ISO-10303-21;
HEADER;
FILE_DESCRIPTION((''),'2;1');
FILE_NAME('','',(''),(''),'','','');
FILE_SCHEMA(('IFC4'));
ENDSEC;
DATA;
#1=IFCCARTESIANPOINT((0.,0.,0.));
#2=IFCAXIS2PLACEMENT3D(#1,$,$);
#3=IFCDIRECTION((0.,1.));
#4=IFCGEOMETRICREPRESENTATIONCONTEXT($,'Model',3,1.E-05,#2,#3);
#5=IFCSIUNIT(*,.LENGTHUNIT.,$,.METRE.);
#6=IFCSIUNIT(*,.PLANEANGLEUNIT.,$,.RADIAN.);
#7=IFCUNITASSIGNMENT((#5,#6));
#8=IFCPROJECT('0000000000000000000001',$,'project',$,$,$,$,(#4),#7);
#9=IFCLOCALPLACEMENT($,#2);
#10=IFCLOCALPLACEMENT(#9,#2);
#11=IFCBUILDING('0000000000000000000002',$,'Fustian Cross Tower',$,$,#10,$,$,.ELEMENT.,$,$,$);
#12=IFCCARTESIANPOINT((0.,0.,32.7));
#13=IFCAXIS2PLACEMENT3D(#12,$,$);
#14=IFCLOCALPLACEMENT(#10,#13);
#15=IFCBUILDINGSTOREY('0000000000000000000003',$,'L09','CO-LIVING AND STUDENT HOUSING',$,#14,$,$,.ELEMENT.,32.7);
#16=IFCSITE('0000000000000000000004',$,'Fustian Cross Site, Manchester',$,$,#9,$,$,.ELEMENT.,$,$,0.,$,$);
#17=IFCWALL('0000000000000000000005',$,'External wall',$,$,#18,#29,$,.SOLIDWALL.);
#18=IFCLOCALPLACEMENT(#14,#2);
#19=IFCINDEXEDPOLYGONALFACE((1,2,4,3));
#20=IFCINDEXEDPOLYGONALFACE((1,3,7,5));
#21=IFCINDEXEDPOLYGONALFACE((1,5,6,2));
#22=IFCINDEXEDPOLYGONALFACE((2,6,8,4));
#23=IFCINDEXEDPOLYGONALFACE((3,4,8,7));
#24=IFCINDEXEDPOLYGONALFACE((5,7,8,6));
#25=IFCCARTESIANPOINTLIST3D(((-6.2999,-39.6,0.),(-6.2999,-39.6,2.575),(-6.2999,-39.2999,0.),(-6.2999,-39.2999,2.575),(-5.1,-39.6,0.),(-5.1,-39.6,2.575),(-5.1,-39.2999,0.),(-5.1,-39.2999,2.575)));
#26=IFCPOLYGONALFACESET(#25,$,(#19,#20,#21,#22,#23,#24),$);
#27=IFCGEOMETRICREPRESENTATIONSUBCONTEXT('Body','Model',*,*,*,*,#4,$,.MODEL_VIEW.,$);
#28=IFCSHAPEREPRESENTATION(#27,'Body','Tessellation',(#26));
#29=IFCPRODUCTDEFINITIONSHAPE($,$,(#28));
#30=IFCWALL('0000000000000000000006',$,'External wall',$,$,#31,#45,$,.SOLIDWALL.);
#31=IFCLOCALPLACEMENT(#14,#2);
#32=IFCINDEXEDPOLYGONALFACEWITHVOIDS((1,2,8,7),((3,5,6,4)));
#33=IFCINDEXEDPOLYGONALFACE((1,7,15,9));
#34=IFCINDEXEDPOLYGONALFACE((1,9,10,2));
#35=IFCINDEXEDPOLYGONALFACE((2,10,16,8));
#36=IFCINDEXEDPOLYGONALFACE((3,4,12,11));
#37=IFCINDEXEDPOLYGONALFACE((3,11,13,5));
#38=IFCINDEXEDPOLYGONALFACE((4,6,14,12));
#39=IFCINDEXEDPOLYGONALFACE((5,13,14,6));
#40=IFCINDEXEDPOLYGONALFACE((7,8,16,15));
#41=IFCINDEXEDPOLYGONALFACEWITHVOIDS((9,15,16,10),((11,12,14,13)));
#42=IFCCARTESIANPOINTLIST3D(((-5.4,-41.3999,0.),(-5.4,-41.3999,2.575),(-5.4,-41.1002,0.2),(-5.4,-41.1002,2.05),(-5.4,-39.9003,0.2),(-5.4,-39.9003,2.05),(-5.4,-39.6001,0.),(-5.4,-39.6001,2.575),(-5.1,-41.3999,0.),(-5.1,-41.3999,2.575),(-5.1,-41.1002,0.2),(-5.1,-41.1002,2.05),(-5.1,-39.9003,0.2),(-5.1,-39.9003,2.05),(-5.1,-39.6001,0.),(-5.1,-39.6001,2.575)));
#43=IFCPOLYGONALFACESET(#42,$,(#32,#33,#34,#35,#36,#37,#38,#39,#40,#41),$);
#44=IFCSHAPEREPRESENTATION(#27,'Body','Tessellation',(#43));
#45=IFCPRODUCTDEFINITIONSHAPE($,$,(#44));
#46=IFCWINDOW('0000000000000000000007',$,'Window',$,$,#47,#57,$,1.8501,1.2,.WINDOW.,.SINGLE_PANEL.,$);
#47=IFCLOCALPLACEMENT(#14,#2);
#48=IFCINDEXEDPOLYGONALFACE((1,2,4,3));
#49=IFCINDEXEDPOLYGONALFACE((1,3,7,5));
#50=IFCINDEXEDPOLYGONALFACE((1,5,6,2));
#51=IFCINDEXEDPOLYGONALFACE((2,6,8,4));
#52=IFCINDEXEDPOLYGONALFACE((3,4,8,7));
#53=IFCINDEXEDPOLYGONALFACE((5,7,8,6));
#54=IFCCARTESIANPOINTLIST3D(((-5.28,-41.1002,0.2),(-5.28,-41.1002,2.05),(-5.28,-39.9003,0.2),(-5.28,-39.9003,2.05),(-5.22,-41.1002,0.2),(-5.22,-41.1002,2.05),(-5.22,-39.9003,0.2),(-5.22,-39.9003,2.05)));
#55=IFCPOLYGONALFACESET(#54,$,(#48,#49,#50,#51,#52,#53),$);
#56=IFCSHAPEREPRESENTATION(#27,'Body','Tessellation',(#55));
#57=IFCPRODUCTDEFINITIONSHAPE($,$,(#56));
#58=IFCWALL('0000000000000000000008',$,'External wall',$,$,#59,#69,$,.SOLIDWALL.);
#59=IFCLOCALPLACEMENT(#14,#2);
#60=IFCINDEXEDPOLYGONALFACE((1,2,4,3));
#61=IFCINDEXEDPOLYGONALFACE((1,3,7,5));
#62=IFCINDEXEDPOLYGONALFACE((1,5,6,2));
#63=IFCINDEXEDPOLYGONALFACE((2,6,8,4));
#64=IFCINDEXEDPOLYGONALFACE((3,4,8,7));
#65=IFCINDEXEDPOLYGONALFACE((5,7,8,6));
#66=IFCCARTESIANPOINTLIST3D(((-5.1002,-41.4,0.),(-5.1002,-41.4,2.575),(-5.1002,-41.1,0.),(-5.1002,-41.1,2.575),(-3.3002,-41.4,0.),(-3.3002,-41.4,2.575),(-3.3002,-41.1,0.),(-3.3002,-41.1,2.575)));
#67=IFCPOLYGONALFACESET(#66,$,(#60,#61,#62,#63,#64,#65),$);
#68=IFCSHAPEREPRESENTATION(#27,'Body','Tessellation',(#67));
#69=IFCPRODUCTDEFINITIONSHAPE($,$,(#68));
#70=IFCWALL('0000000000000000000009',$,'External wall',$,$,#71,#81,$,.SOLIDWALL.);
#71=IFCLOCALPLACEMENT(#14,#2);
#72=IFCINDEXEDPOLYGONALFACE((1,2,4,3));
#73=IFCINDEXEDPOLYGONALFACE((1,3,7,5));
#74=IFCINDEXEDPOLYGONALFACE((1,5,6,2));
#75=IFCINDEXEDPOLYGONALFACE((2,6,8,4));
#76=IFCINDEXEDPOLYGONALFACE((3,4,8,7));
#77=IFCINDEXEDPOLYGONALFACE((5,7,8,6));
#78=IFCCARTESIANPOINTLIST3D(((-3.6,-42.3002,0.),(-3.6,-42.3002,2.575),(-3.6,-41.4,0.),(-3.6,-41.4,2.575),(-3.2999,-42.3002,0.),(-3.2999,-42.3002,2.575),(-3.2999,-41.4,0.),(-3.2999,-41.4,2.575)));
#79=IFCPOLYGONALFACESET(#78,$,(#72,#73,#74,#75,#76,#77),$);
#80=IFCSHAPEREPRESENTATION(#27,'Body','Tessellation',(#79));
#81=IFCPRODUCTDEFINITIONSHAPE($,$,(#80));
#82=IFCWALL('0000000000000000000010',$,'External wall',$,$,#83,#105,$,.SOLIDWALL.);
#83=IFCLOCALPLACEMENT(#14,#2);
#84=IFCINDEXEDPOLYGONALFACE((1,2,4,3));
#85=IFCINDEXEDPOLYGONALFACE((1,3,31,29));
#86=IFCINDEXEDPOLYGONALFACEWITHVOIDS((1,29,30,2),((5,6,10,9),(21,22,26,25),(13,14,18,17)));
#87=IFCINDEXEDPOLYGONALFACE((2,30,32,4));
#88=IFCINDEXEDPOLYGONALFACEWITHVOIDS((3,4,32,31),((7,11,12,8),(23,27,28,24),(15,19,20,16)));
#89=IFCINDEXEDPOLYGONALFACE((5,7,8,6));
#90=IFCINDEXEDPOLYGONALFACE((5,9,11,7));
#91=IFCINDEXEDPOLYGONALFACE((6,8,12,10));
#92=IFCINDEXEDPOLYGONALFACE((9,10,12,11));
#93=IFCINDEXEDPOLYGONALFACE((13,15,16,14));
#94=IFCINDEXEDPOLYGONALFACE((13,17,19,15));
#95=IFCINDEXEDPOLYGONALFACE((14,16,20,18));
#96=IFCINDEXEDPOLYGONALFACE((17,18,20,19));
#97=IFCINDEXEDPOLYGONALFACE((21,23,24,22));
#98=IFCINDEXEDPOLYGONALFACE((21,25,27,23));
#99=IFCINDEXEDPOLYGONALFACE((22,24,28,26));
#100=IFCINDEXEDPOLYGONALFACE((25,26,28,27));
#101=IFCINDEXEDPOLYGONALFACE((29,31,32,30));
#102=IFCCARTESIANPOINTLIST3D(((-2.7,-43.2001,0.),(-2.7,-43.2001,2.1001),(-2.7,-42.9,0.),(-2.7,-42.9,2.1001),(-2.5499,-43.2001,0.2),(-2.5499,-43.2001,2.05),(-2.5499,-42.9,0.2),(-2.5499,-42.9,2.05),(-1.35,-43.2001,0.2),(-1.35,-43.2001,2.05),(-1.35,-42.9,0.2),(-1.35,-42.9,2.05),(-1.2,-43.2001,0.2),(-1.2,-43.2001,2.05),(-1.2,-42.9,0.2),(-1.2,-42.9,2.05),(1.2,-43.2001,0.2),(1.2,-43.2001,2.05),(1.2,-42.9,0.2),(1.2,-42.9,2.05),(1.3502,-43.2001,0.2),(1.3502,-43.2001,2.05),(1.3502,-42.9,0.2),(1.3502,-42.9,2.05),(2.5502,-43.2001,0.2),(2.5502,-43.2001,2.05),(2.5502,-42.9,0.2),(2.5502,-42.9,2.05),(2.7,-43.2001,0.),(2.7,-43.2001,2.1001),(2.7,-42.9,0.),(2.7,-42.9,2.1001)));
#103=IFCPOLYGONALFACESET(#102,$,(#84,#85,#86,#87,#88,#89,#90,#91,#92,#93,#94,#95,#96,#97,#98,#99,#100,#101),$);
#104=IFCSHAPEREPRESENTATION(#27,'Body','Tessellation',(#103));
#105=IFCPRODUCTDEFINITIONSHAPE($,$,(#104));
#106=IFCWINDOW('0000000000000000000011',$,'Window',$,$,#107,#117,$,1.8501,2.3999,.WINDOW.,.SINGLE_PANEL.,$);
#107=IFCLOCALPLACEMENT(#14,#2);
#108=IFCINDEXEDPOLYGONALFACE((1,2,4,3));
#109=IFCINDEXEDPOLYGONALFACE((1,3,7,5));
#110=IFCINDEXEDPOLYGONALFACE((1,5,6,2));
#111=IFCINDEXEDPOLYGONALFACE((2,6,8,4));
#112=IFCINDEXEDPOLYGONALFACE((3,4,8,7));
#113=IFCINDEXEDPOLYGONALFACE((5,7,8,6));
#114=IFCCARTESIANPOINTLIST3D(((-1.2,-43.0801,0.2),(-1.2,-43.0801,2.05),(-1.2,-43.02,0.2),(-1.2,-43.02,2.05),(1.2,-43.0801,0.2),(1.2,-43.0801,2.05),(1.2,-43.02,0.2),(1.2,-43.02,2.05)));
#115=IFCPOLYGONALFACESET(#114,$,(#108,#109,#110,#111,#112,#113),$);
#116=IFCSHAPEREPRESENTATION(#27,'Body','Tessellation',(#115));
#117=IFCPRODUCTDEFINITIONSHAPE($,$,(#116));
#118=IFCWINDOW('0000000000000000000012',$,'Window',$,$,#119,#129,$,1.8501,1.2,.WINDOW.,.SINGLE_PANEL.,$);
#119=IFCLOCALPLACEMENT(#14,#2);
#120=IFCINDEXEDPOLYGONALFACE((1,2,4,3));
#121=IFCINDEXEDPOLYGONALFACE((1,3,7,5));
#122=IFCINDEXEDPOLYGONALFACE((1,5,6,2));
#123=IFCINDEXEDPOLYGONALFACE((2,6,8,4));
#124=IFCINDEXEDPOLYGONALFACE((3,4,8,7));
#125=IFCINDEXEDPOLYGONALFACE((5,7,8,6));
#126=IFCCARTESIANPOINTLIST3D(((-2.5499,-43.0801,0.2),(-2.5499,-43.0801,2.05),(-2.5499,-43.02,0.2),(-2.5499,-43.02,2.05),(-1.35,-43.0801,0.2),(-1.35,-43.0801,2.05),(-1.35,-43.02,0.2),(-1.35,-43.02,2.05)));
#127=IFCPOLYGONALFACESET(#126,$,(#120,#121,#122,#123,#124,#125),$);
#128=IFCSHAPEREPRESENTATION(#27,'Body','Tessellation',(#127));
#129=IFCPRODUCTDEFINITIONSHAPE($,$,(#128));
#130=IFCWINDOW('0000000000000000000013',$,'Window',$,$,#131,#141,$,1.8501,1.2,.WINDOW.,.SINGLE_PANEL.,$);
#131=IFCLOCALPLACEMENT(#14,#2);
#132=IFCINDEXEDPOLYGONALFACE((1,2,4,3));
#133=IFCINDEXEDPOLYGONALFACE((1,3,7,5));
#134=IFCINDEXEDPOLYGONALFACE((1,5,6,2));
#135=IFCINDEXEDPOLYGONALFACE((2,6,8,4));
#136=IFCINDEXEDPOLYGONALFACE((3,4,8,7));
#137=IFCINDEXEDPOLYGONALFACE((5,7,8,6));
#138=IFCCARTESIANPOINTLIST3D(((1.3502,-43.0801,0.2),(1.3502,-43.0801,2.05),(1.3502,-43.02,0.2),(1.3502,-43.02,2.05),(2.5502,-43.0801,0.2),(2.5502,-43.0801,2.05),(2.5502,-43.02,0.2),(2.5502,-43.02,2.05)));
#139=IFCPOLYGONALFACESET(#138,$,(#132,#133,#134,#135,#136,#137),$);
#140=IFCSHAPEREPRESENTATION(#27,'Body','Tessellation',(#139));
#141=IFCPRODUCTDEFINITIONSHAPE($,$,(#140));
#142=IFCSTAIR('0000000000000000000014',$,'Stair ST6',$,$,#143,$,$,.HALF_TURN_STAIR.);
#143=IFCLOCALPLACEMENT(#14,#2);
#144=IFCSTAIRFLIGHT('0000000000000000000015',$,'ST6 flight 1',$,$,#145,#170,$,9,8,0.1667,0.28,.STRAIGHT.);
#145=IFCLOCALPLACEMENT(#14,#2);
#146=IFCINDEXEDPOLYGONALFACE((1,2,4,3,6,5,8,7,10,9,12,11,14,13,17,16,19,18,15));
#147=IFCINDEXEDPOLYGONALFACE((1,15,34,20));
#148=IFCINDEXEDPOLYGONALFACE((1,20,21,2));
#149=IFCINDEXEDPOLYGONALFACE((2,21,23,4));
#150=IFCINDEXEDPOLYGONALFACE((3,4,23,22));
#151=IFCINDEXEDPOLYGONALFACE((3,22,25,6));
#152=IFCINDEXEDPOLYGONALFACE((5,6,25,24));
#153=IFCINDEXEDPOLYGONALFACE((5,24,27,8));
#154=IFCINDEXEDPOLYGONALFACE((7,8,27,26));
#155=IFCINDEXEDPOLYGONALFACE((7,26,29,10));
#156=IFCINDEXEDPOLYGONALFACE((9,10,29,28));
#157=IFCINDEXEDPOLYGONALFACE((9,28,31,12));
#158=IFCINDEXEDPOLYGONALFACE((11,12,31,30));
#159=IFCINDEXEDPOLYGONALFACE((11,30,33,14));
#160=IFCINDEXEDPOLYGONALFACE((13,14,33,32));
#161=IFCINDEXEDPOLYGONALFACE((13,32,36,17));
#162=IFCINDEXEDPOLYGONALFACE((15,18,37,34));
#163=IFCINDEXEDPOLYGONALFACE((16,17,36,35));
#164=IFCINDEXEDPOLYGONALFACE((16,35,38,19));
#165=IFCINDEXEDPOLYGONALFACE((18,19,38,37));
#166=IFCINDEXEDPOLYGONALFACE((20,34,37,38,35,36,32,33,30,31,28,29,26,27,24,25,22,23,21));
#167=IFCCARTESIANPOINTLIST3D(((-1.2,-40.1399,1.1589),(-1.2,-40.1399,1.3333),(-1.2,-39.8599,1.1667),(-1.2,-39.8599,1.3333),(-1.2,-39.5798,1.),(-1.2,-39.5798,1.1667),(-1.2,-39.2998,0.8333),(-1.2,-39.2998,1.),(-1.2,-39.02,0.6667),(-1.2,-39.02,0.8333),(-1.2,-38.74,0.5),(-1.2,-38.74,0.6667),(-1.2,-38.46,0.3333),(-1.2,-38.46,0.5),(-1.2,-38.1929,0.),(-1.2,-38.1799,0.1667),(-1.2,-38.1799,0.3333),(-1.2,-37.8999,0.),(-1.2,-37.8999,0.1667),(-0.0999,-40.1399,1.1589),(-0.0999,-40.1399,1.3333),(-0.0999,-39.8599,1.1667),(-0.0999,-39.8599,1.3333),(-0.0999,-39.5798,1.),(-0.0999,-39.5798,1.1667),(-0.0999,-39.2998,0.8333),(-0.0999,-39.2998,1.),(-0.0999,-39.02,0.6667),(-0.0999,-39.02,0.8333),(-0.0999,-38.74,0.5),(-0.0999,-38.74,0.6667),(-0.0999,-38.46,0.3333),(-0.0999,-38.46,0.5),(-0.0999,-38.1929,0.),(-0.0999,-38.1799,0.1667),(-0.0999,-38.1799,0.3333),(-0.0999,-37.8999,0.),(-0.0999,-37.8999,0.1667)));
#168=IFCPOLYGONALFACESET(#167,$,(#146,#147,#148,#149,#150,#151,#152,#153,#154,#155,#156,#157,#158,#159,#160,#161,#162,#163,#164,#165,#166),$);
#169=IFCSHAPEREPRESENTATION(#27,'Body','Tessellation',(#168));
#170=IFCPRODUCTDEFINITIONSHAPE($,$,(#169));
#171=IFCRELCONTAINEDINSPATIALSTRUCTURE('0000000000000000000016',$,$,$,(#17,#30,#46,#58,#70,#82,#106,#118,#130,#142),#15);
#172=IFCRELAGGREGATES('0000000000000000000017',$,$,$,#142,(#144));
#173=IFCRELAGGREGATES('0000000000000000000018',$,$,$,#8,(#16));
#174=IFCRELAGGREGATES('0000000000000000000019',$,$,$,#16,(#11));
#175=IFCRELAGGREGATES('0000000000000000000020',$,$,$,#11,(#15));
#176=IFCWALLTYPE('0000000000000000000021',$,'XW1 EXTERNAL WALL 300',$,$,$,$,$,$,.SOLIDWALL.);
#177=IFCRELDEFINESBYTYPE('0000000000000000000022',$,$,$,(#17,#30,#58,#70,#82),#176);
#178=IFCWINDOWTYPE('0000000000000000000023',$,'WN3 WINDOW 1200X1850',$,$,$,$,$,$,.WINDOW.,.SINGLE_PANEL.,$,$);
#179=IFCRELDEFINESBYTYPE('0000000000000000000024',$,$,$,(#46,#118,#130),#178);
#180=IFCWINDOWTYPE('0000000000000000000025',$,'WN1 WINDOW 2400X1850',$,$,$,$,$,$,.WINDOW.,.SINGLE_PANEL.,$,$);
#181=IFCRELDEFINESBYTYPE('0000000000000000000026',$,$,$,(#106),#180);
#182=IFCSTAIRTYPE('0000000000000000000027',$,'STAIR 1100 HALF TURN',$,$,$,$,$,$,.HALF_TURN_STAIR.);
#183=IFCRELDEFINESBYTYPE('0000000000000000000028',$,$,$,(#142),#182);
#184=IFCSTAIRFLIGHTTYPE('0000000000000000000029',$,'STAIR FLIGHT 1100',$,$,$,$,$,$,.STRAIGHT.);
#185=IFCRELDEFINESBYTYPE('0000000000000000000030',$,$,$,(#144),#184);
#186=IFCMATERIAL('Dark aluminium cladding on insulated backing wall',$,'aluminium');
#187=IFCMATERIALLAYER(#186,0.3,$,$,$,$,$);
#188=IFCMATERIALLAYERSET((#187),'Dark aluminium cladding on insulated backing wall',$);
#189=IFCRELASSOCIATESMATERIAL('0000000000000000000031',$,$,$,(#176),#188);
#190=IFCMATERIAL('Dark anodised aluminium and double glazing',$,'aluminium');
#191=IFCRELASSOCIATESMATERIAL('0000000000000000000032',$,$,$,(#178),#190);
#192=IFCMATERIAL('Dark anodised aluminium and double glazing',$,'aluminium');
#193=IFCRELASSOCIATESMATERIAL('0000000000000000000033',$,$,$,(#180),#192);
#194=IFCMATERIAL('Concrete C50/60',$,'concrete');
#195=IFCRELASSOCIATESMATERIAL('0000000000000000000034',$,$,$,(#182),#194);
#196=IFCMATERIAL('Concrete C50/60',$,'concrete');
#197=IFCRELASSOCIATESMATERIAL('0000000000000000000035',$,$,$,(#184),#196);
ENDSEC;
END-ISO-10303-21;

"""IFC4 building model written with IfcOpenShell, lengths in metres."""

from ifc_helpers import new_model, si_unit, direction, frame, frame_2d, origin, place, context, subcontext, project, spatial, polyline, rectangle, outline, extrude, material, layer, layer_set, type_object, element, fill, aggregate, save


model = new_model("IFC4")

# Units and contexts
model_context = context("Model", 3, precision=1e-05, world=origin(), true_north=direction((0.0, 1.0)))
body_context = subcontext(model_context, "Body", "Model", "MODEL_VIEW")
ifc_project = project(units=[si_unit("LENGTHUNIT", "METRE"), si_unit("PLANEANGLEUNIT", "RADIAN")], contexts=[model_context])

# Site, building, storey
site_placement = place(None, origin())
site = spatial("IfcSite", under=ifc_project, at=site_placement, Name="Fustian Cross Site, Manchester", CompositionType="ELEMENT", RefElevation=0.0)
building_placement = place(site_placement, origin())
building = spatial("IfcBuilding", under=site, at=building_placement, Name="Fustian Cross Tower", CompositionType="ELEMENT")
storey_placement = place(building_placement, frame((0.0, 0.0, 32.7)))
storey = spatial("IfcBuildingStorey", under=building, at=storey_placement, Name="L09", Description="CO-LIVING AND STUDENT HOUSING", CompositionType="ELEMENT", Elevation=32.7)

# Wall
ifc_material_1 = material(Name="Dark aluminium cladding on insulated backing wall", Category="aluminium")
ifc_layer_1 = layer(ifc_material_1, 0.3)
ifc_layer_set_1 = layer_set([ifc_layer_1], Name="Dark aluminium cladding on insulated backing wall")
wall_type_1 = type_object("IfcWallType", Name="XW1 EXTERNAL WALL 300", PredefinedType="SOLIDWALL", material=ifc_layer_set_1)
wall_1_placement = place(storey_placement, frame((-6.3, -39.45, 0.0), z_axis=(0.0, 0.0, 1.0), x_axis=(1.0, 0.0, 0.0)))
element("IfcWall", 1, at=wall_1_placement, inside=storey, type_object=wall_type_1, Name="External wall", PredefinedType="SOLIDWALL", context=body_context, shape_type="SweptSolid", body=[
    extrude(rectangle(XDim=1.2, YDim=0.3, at=frame_2d((0.6001, 0.0))), origin(), (0.0, 0.0, 1.0), 2.575),
])

# Wall, opening, window
wall_2_placement = place(storey_placement, frame((-5.25, -39.6001, 0.0), z_axis=(0.0, 0.0, 1.0), x_axis=(0.0, -1.0, 0.0)))
wall_2 = element("IfcWall", 2, at=wall_2_placement, inside=storey, type_object=wall_type_1, Name="External wall", PredefinedType="SOLIDWALL", context=body_context, shape_type="SweptSolid", body=[
    extrude(rectangle(XDim=1.7998, YDim=0.3, at=frame_2d((0.8999, 0.0))), origin(), (0.0, 0.0, 1.0), 2.575),
])
opening_1_placement = place(wall_2_placement, frame((0.3, 0.0, 0.2)))
opening_1 = element("IfcOpeningElement", 3, at=opening_1_placement, cuts=wall_2, PredefinedType="OPENING", context=body_context, shape_type="SweptSolid", body=[
    extrude(rectangle(XDim=1.2, YDim=1.8501, at=frame_2d((0.6001, 0.925))), frame((0.0, 0.1599, 0.0), z_axis=(0.0, -1.0, 0.0), x_axis=(1.0, 0.0, 0.0)), (0.0, 0.0, 1.0), 0.3201),
])
ifc_material_2 = material(Name="Dark anodised aluminium and double glazing", Category="aluminium")
window_type_1 = type_object("IfcWindowType", Name="WN3 WINDOW 1200X1850", PartitioningType="SINGLE_PANEL", PredefinedType="WINDOW", material=ifc_material_2)
window_1_placement = place(opening_1_placement, origin())
window_1 = element("IfcWindow", 4, at=window_1_placement, inside=storey, type_object=window_type_1, Name="Window", OverallHeight=1.8501, OverallWidth=1.2, PartitioningType="SINGLE_PANEL", PredefinedType="WINDOW", context=body_context, shape_type="SweptSolid", body=[
    extrude(rectangle(XDim=1.2, YDim=1.8501, at=frame_2d((0.6001, 0.925))), frame((0.0, 0.03, 0.0), z_axis=(0.0, -1.0, 0.0), x_axis=(1.0, 0.0, 0.0)), (0.0, 0.0, 1.0), 0.0601),
])
fill(opening_1, window_1)

# Walls
wall_3_placement = place(storey_placement, frame((-5.1001, -41.25, 0.0), z_axis=(0.0, 0.0, 1.0), x_axis=(1.0, 0.0, 0.0)))
element("IfcWall", 5, at=wall_3_placement, inside=storey, type_object=wall_type_1, Name="External wall", PredefinedType="SOLIDWALL", context=body_context, shape_type="SweptSolid", body=[
    extrude(rectangle(XDim=1.8, YDim=0.3, at=frame_2d((0.8999, 0.0))), origin(), (0.0, 0.0, 1.0), 2.575),
])
wall_4_placement = place(storey_placement, frame((-3.45, -41.3999, 0.0), z_axis=(0.0, 0.0, 1.0), x_axis=(0.0, -1.0, 0.0)))
element("IfcWall", 6, at=wall_4_placement, inside=storey, type_object=wall_type_1, Name="External wall", PredefinedType="SOLIDWALL", context=body_context, shape_type="SweptSolid", body=[
    extrude(rectangle(XDim=0.9001, YDim=0.3, at=frame_2d((0.4502, 0.0))), origin(), (0.0, 0.0, 1.0), 2.575),
])

# Wall, openings, windows
wall_5_placement = place(storey_placement, frame((-2.7, -43.05, 0.0), z_axis=(0.0, 0.0, 1.0), x_axis=(1.0, 0.0, 0.0)))
wall_5 = element("IfcWall", 7, at=wall_5_placement, inside=storey, type_object=wall_type_1, Name="External wall", PredefinedType="SOLIDWALL", context=body_context, shape_type="SweptSolid", body=[
    extrude(rectangle(XDim=5.3999, YDim=0.3, at=frame_2d((2.7, 0.0))), origin(), (0.0, 0.0, 1.0), 2.1001),
])
opening_2_placement = place(wall_5_placement, frame((1.5, 0.0, 0.2)))
opening_2 = element("IfcOpeningElement", 8, at=opening_2_placement, cuts=wall_5, PredefinedType="OPENING", context=body_context, shape_type="SweptSolid", body=[
    extrude(rectangle(XDim=2.3999, YDim=1.8501, at=frame_2d((1.2, 0.925))), frame((0.0, 0.1599, 0.0), z_axis=(0.0, -1.0, 0.0), x_axis=(1.0, 0.0, 0.0)), (0.0, 0.0, 1.0), 0.3201),
])
opening_3_placement = place(wall_5_placement, frame((0.1499, 0.0, 0.2)))
opening_3 = element("IfcOpeningElement", 9, at=opening_3_placement, cuts=wall_5, PredefinedType="OPENING", context=body_context, shape_type="SweptSolid", body=[
    extrude(rectangle(XDim=1.2, YDim=1.8501, at=frame_2d((0.6001, 0.925))), frame((0.0, 0.1599, 0.0), z_axis=(0.0, -1.0, 0.0), x_axis=(1.0, 0.0, 0.0)), (0.0, 0.0, 1.0), 0.3201),
])
opening_4_placement = place(wall_5_placement, frame((4.05, 0.0, 0.2)))
opening_4 = element("IfcOpeningElement", 10, at=opening_4_placement, cuts=wall_5, PredefinedType="OPENING", context=body_context, shape_type="SweptSolid", body=[
    extrude(rectangle(XDim=1.2, YDim=1.8501, at=frame_2d((0.6001, 0.925))), frame((0.0, 0.1599, 0.0), z_axis=(0.0, -1.0, 0.0), x_axis=(1.0, 0.0, 0.0)), (0.0, 0.0, 1.0), 0.3201),
])
ifc_material_3 = material(Name="Dark anodised aluminium and double glazing", Category="aluminium")
window_type_2 = type_object("IfcWindowType", Name="WN1 WINDOW 2400X1850", PartitioningType="SINGLE_PANEL", PredefinedType="WINDOW", material=ifc_material_3)
window_2_placement = place(opening_2_placement, origin())
window_2 = element("IfcWindow", 11, at=window_2_placement, inside=storey, type_object=window_type_2, Name="Window", OverallHeight=1.8501, OverallWidth=2.3999, PartitioningType="SINGLE_PANEL", PredefinedType="WINDOW", context=body_context, shape_type="SweptSolid", body=[
    extrude(rectangle(XDim=2.3999, YDim=1.8501, at=frame_2d((1.2, 0.925))), frame((0.0, 0.03, 0.0), z_axis=(0.0, -1.0, 0.0), x_axis=(1.0, 0.0, 0.0)), (0.0, 0.0, 1.0), 0.0601),
])
fill(opening_2, window_2)
window_3_placement = place(opening_3_placement, origin())
window_3 = element("IfcWindow", 12, at=window_3_placement, inside=storey, type_object=window_type_1, Name="Window", OverallHeight=1.8501, OverallWidth=1.2, PartitioningType="SINGLE_PANEL", PredefinedType="WINDOW", context=body_context, shape_type="SweptSolid", body=[
    extrude(rectangle(XDim=1.2, YDim=1.8501, at=frame_2d((0.6001, 0.925))), frame((0.0, 0.03, 0.0), z_axis=(0.0, -1.0, 0.0), x_axis=(1.0, 0.0, 0.0)), (0.0, 0.0, 1.0), 0.0601),
])
fill(opening_3, window_3)
window_4_placement = place(opening_4_placement, origin())
window_4 = element("IfcWindow", 13, at=window_4_placement, inside=storey, type_object=window_type_1, Name="Window", OverallHeight=1.8501, OverallWidth=1.2, PartitioningType="SINGLE_PANEL", PredefinedType="WINDOW", context=body_context, shape_type="SweptSolid", body=[
    extrude(rectangle(XDim=1.2, YDim=1.8501, at=frame_2d((0.6001, 0.925))), frame((0.0, 0.03, 0.0), z_axis=(0.0, -1.0, 0.0), x_axis=(1.0, 0.0, 0.0)), (0.0, 0.0, 1.0), 0.0601),
])
fill(opening_4, window_4)

# Stair, stair flight
ifc_material_4 = material(Name="Concrete C50/60", Category="concrete")
stair_type = type_object("IfcStairType", Name="STAIR 1100 HALF TURN", PredefinedType="HALF_TURN_STAIR", material=ifc_material_4)
stair_placement = place(storey_placement, origin())
stair = element("IfcStair", 14, at=stair_placement, inside=storey, type_object=stair_type, Name="Stair ST6", PredefinedType="HALF_TURN_STAIR")
ifc_material_5 = material(Name="Concrete C50/60", Category="concrete")
stair_flight_type = type_object("IfcStairFlightType", Name="STAIR FLIGHT 1100", PredefinedType="STRAIGHT", material=ifc_material_5)
stair_flight_placement = place(storey_placement, frame((-0.6499, -37.8999, 0.0), z_axis=(0.0, 0.0, 1.0), x_axis=(0.0, -1.0, 0.0)))
stair_flight = element("IfcStairFlight", 15, at=stair_flight_placement, type_object=stair_flight_type, Name="ST6 flight 1", NumberOfRisers=9, NumberOfTreads=8, PredefinedType="STRAIGHT", RiserHeight=0.1667, TreadLength=0.28, context=body_context, shape_type="SweptSolid", body=[
    extrude(outline(polyline([(0.0, 0.0), (0.0, 0.1667), (0.28, 0.1667), (0.28, 0.3333), (0.5601, 0.3333), (0.5601, 0.5), (0.8401, 0.5), (0.8401, 0.6667), (1.1201, 0.6667), (1.1201, 0.8333), (1.3999, 0.8333), (1.3999, 1.0), (1.6799, 1.0), (1.6799, 1.1667), (1.96, 1.1667), (1.96, 1.3333), (2.24, 1.3333), (2.24, 1.5), (2.24, 1.1589), (0.293, 0.0), (0.0, 0.0)])), frame((0.0, 0.55, 0.0), z_axis=(0.0, -1.0, 0.0), x_axis=(1.0, 0.0, 0.0)), (0.0, 0.0, 1.0), 1.1001),
])
aggregate(stair, [stair_flight])

save(model, "model.ifc")
